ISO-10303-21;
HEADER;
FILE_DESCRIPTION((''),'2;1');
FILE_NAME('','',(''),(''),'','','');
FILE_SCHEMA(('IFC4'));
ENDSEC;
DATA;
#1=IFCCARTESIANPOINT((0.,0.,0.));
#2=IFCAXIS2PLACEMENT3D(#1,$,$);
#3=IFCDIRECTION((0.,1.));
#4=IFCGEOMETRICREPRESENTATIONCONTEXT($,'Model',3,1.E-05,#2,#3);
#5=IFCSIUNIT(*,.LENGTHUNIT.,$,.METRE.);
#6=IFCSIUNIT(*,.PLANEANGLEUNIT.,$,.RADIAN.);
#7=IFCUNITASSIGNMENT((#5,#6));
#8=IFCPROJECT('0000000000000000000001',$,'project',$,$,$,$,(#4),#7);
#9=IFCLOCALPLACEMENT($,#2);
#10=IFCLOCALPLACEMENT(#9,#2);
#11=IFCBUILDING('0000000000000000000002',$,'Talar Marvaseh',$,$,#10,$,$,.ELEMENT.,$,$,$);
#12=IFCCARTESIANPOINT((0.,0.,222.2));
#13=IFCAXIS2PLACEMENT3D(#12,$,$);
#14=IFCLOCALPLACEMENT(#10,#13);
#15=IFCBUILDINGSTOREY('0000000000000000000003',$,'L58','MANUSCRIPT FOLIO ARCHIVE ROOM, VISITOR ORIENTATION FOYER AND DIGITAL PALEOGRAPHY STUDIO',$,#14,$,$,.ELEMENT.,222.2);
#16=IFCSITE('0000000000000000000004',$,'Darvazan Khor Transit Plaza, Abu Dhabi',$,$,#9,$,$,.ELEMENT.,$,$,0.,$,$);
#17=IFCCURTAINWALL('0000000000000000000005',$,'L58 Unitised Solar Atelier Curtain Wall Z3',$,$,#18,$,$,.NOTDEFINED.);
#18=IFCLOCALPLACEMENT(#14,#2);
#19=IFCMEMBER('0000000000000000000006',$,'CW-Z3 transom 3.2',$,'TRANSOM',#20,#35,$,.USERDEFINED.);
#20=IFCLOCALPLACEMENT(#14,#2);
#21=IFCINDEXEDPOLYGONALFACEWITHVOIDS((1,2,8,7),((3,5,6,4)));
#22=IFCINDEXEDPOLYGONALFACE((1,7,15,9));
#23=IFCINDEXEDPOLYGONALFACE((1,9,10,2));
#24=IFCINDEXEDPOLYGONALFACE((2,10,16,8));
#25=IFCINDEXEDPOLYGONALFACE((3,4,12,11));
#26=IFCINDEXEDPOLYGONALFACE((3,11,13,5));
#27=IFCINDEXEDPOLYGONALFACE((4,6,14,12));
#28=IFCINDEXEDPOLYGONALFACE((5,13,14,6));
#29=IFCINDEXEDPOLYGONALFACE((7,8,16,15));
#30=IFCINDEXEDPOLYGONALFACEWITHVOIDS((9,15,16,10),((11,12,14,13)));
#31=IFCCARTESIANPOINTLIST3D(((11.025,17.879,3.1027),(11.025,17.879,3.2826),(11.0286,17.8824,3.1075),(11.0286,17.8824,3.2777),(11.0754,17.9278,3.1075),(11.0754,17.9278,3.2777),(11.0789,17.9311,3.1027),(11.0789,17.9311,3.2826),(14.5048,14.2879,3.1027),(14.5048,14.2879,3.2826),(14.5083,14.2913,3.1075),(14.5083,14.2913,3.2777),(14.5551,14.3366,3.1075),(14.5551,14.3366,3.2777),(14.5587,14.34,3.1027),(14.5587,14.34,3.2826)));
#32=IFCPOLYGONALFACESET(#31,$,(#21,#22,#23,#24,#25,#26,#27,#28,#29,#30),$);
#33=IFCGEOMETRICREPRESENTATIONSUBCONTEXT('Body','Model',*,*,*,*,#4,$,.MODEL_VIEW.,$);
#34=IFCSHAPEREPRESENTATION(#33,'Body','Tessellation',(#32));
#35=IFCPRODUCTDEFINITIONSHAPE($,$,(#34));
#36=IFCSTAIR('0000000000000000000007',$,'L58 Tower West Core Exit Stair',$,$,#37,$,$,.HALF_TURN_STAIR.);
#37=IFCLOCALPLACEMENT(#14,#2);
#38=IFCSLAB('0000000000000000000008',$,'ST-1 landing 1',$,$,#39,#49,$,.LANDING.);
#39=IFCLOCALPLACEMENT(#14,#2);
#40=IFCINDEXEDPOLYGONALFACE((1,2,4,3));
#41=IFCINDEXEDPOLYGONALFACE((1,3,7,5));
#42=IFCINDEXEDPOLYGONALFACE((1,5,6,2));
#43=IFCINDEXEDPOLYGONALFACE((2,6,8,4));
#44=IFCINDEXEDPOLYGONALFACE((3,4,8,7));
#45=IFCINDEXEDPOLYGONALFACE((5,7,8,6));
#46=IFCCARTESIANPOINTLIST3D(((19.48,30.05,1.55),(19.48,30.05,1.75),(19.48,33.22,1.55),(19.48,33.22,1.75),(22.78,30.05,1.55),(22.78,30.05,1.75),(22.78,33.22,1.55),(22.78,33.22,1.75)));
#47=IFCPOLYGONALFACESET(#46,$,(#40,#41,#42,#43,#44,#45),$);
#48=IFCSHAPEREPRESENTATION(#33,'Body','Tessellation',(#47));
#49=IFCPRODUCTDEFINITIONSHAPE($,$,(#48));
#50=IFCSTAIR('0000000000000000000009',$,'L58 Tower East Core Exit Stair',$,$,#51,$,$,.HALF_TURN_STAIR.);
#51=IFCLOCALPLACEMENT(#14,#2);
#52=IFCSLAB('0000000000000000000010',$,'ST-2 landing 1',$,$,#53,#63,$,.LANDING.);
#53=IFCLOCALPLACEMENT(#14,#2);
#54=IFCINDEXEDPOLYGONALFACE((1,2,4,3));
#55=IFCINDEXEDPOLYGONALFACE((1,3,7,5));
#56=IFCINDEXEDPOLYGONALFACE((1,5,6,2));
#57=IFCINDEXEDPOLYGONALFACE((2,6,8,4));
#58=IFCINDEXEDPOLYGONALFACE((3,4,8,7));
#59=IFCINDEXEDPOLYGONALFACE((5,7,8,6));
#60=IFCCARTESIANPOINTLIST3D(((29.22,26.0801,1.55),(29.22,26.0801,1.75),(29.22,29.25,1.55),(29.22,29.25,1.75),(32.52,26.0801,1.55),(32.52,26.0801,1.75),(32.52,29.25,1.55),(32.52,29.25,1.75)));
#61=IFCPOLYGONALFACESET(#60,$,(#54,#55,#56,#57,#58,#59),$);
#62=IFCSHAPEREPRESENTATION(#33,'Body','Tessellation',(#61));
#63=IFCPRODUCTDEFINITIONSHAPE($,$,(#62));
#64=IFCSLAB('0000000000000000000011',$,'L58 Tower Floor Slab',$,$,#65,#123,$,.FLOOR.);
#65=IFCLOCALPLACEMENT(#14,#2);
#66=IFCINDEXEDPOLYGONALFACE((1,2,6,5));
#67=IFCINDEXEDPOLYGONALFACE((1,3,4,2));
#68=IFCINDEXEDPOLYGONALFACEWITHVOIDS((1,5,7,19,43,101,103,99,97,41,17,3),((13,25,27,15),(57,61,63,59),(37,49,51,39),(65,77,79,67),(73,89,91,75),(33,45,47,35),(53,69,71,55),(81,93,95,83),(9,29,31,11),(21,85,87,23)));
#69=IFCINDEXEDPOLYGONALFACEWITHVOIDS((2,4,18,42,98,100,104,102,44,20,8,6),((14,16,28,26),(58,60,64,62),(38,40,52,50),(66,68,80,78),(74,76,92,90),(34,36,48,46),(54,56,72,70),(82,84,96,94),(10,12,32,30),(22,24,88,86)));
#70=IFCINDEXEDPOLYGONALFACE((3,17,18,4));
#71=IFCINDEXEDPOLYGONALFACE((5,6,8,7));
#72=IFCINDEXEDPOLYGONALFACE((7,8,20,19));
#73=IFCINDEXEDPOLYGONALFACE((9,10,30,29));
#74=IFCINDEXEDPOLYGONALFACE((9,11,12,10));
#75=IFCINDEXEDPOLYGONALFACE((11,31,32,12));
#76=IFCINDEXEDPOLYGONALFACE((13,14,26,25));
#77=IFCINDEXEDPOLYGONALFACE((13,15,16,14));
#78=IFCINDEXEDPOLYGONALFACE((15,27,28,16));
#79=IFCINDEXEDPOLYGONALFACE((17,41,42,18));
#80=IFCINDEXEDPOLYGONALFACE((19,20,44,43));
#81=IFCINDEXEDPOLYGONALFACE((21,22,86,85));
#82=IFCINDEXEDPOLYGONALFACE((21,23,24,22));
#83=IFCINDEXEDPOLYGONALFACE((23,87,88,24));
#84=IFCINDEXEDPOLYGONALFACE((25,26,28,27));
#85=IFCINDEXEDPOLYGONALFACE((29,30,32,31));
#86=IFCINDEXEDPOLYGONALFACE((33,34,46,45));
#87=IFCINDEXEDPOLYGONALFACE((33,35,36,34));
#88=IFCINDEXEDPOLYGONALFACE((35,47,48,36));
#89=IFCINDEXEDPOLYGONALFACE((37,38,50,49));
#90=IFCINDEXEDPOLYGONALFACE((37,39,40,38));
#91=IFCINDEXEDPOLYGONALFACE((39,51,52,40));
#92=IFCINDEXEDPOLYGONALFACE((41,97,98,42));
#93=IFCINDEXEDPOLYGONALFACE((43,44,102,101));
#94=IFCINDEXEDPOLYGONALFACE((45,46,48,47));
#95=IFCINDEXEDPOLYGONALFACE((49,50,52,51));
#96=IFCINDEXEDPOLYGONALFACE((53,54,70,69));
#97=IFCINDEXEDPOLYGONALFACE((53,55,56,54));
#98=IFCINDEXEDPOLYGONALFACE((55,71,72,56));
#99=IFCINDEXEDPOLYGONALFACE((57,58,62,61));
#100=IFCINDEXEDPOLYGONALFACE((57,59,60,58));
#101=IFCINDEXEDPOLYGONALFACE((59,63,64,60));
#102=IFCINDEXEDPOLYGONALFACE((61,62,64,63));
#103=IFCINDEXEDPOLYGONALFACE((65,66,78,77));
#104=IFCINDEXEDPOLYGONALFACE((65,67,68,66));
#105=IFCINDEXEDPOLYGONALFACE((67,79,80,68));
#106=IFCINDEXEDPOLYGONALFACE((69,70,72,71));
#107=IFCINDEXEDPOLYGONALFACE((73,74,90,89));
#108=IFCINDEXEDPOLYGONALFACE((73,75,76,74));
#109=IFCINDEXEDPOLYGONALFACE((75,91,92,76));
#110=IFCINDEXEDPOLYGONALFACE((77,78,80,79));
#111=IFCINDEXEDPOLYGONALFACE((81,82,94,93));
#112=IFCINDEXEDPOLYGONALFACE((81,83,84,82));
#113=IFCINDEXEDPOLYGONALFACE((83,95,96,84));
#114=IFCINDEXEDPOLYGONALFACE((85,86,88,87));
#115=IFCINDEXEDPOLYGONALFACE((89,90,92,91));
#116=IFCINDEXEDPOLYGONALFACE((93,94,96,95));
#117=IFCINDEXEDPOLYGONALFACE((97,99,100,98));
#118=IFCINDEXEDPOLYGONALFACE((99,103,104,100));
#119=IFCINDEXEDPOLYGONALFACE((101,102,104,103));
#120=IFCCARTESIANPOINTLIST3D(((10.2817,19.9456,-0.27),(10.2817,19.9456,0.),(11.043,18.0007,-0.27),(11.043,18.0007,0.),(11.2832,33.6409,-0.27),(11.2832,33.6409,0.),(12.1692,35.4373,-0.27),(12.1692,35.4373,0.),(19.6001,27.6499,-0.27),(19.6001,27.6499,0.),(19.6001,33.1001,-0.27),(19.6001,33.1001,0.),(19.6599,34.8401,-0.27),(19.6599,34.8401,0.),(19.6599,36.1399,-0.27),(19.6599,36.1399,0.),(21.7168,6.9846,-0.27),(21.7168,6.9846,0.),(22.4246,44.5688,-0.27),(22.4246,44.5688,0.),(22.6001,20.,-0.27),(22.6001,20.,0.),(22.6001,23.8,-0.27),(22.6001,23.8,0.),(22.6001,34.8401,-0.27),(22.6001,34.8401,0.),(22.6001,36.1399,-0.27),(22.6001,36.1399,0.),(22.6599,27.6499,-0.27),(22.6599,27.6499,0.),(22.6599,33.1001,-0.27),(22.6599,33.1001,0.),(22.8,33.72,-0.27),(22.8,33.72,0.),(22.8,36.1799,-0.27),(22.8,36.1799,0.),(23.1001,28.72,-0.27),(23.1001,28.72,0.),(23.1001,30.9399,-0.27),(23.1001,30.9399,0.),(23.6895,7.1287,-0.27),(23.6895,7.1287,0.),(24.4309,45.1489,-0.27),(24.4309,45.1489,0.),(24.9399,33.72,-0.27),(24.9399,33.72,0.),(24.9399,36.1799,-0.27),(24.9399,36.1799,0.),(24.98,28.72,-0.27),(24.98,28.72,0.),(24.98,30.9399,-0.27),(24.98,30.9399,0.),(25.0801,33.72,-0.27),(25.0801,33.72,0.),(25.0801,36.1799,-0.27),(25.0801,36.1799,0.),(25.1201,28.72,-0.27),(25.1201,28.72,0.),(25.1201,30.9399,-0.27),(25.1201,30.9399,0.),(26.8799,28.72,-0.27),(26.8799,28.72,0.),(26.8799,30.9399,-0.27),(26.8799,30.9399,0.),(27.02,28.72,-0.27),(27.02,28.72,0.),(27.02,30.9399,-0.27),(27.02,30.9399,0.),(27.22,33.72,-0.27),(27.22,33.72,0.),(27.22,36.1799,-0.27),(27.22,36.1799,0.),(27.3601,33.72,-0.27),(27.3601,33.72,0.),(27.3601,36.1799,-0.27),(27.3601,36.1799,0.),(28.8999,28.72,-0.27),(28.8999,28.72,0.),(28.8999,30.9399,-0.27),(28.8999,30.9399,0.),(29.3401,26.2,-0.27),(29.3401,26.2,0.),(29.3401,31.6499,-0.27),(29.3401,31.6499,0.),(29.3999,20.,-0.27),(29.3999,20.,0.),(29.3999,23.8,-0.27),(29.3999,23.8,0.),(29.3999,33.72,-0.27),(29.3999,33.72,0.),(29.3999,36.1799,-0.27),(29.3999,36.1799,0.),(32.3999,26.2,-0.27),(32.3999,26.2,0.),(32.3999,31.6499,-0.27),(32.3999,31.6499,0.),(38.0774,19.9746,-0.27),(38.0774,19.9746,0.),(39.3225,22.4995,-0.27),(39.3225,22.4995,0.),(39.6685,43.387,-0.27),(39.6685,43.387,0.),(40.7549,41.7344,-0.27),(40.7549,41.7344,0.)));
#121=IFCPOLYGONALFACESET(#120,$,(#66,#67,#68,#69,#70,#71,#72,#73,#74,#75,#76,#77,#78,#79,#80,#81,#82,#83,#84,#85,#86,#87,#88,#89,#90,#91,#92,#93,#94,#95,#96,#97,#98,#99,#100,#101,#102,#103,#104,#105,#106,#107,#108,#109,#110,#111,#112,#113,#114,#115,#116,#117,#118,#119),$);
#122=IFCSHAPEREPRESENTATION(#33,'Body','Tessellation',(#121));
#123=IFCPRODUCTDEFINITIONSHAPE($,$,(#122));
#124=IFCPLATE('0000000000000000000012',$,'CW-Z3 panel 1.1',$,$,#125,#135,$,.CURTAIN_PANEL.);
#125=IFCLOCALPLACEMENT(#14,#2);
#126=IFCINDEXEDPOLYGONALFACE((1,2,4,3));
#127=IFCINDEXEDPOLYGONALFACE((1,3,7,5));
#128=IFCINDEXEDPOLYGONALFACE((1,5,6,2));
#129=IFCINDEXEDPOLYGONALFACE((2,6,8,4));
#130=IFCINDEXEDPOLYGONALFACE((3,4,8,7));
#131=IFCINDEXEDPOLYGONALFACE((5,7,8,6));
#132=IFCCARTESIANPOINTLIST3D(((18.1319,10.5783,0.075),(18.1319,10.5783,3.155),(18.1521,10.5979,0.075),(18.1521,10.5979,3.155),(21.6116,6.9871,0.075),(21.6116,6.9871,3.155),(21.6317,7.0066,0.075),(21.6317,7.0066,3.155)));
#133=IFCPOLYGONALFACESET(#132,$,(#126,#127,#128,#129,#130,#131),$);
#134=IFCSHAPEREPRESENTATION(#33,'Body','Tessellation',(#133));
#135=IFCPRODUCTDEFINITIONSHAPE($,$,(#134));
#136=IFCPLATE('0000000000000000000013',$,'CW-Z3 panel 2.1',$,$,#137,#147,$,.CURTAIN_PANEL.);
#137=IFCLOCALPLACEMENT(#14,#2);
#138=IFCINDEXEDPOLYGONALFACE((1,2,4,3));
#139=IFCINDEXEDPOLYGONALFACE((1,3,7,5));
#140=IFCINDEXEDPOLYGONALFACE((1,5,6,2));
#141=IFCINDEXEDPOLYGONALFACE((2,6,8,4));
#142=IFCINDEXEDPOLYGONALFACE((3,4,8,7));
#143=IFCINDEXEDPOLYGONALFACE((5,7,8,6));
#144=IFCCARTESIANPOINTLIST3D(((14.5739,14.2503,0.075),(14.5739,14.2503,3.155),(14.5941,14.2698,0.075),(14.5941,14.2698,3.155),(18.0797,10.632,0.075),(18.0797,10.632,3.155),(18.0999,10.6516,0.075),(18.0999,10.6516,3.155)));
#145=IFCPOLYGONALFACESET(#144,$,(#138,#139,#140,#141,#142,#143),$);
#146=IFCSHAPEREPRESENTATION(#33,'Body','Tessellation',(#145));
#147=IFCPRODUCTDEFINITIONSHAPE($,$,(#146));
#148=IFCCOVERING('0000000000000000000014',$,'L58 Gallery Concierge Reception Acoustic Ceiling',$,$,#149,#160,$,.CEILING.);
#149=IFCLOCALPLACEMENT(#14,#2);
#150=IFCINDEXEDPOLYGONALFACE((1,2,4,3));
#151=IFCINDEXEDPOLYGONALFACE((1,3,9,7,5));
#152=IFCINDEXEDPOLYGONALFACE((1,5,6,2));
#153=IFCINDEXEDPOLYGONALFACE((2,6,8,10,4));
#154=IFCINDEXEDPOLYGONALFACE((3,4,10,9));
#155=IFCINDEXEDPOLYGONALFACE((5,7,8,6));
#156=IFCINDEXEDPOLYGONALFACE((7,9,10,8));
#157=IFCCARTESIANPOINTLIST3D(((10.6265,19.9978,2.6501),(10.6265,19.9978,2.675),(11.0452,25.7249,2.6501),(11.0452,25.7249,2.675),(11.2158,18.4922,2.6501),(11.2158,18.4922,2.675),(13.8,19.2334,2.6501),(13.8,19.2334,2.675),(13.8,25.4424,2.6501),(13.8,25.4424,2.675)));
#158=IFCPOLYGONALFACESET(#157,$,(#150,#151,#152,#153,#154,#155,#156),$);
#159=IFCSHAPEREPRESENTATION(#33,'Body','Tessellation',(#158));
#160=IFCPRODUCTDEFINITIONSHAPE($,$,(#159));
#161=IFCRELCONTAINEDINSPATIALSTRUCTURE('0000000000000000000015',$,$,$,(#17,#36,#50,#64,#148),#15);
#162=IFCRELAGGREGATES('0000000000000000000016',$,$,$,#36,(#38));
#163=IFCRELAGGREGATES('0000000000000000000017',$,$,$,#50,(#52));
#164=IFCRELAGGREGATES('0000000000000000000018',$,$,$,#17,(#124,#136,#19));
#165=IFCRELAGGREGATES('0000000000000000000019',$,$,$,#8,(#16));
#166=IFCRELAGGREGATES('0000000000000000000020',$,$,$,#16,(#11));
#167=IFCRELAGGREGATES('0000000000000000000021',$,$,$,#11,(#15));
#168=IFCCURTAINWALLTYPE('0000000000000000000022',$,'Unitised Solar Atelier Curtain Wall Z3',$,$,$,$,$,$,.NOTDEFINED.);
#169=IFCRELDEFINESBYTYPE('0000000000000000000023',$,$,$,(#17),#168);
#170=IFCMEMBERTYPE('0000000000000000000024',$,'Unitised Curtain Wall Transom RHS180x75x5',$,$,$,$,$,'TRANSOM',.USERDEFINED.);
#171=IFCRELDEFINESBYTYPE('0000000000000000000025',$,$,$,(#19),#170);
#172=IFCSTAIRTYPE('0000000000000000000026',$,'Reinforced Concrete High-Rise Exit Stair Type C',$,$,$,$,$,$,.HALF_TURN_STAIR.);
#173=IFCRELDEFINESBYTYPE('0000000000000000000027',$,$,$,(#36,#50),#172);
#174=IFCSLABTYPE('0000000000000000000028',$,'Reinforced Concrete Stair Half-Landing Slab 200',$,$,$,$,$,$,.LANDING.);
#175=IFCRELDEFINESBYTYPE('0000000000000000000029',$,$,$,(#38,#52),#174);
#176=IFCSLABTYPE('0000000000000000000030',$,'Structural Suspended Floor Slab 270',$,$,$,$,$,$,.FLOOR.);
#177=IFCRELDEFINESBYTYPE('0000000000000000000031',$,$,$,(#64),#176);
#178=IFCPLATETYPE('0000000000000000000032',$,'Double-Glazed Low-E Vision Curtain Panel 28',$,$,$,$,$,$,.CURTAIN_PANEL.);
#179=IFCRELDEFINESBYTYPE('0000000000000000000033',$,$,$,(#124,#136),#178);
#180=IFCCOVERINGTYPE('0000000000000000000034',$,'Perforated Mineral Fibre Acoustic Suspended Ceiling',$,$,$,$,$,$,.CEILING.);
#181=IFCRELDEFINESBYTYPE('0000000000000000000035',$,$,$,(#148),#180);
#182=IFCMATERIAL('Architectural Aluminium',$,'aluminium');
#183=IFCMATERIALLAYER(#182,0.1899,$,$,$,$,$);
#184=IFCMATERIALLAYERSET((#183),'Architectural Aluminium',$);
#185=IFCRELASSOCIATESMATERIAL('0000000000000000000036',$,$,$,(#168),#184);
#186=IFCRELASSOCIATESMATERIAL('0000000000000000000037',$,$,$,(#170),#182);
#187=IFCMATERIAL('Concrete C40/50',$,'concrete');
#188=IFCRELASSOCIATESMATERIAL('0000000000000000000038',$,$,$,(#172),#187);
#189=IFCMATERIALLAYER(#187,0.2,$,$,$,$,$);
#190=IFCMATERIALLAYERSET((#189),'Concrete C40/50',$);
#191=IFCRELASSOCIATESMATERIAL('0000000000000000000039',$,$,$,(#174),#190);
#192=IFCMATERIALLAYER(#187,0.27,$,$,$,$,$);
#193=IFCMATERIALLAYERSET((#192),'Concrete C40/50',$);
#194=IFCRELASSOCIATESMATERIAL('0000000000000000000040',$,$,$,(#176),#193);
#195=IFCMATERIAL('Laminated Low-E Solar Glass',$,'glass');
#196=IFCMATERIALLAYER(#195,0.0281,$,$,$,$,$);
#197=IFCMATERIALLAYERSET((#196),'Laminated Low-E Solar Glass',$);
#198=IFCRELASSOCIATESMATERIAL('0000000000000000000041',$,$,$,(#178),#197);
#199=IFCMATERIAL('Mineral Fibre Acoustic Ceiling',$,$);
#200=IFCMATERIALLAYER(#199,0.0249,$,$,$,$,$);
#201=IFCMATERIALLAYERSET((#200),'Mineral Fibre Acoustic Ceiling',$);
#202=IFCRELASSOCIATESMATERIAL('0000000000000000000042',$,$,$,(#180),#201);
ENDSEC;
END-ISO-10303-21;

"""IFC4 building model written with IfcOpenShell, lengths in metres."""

from ifc_helpers import new_model, si_unit, direction, frame, origin, origin_2d, place, context, subcontext, project, spatial, polyline, rectangle, hollow_rectangle, outline, extrude, source, transform, mapped, material, layer, layer_set, material_profile, profile_set, type_object, type_shapes, element, aggregate, save


model = new_model("IFC4")

# Units and contexts
model_context = context("Model", 3, precision=1e-05, world=origin(), true_north=direction((0.0, 1.0)))
body_context = subcontext(model_context, "Body", "Model", "MODEL_VIEW")
ifc_project = project(units=[si_unit("LENGTHUNIT", "METRE"), si_unit("PLANEANGLEUNIT", "RADIAN")], contexts=[model_context])

# Site, building, storey
site_placement = place(None, origin())
site = spatial("IfcSite", under=ifc_project, at=site_placement, Name="Darvazan Khor Transit Plaza, Abu Dhabi", CompositionType="ELEMENT", RefElevation=0.0)
building_placement = place(site_placement, origin())
building = spatial("IfcBuilding", under=site, at=building_placement, Name="Talar Marvaseh", CompositionType="ELEMENT")
storey_placement = place(building_placement, frame((0.0, 0.0, 222.2)))
storey = spatial("IfcBuildingStorey", under=building, at=storey_placement, Name="L58", Description="MANUSCRIPT FOLIO ARCHIVE ROOM, VISITOR ORIENTATION FOYER AND DIGITAL PALEOGRAPHY STUDIO", CompositionType="ELEMENT", Elevation=222.2)

# Curtain wall, member
ifc_material_1 = material(Name="Architectural Aluminium", Category="aluminium")
ifc_layer_1 = layer(ifc_material_1, 0.1899)
ifc_layer_set_1 = layer_set([ifc_layer_1], Name="Architectural Aluminium")
curtain_wall_type = type_object("IfcCurtainWallType", Name="Unitised Solar Atelier Curtain Wall Z3", PredefinedType="NOTDEFINED", material=ifc_layer_set_1)
curtain_wall_placement = place(storey_placement, origin())
curtain_wall = element("IfcCurtainWall", 1, at=curtain_wall_placement, inside=storey, type_object=curtain_wall_type, Name="L58 Unitised Solar Atelier Curtain Wall Z3", PredefinedType="NOTDEFINED")
ifc_material_profile_1 = material_profile(ifc_material_1, hollow_rectangle(XDim=0.075, YDim=0.1799, WallThickness=0.0049, at=origin_2d()), Name="RHS180x75x5")
ifc_profile_set_1 = profile_set([ifc_material_profile_1], Name="Architectural Aluminium")
member_type_1 = type_object("IfcMemberType", Name="Unitised Curtain Wall Transom RHS180x75x5", ElementType="TRANSOM", PredefinedType="USERDEFINED", material=ifc_profile_set_1)
shared_shape_1 = source(origin(), body_context, "Body", "SweptSolid", [
    extrude(hollow_rectangle(XDim=0.075, YDim=0.1799, WallThickness=0.0049, at=origin_2d()), origin(), (0.0, 0.0, 1.0), 5.0005),
])
member_1_placement = place(storey_placement, frame((14.5317, 14.314, 3.1926), z_axis=(-0.695887, 0.718151, 0.0), x_axis=(-0.718151, -0.695887, 0.0)))
member_1 = element("IfcMember", 2, at=member_1_placement, type_object=member_type_1, Name="CW-Z3 transom 3.2", ObjectType="TRANSOM", PredefinedType="USERDEFINED", context=body_context, shape_type="MappedRepresentation", body=[
    mapped(shared_shape_1, transform((0.0, 0.0, 0.0), x_axis=(1.0, 0.0, 0.0), y_axis=(0.0, 1.0, 0.0), z_axis=(0.0, 0.0, 1.0), scale=1.0)),
])

# Stairs, slabs
ifc_material_2 = material(Name="Concrete C40/50", Category="concrete")
stair_type = type_object("IfcStairType", Name="Reinforced Concrete High-Rise Exit Stair Type C", PredefinedType="HALF_TURN_STAIR", material=ifc_material_2)
stair_1_placement = place(storey_placement, origin())
stair_1 = element("IfcStair", 3, at=stair_1_placement, inside=storey, type_object=stair_type, Name="L58 Tower West Core Exit Stair", PredefinedType="HALF_TURN_STAIR")
ifc_layer_2 = layer(ifc_material_2, 0.2)
ifc_layer_set_2 = layer_set([ifc_layer_2], Name="Concrete C40/50")
slab_type_1 = type_object("IfcSlabType", Name="Reinforced Concrete Stair Half-Landing Slab 200", PredefinedType="LANDING", material=ifc_layer_set_2)
slab_1_placement = place(storey_placement, frame((0.0, 0.0, 1.55)))
slab_1 = element("IfcSlab", 4, at=slab_1_placement, type_object=slab_type_1, Name="ST-1 landing 1", PredefinedType="LANDING", context=body_context, shape_type="SweptSolid", body=[
    extrude(outline(polyline([(22.78, 30.05), (22.78, 33.22), (19.48, 33.22), (19.48, 30.05), (22.78, 30.05)])), origin(), (0.0, 0.0, 1.0), 0.2),
])
aggregate(stair_1, [slab_1])
stair_2_placement = place(storey_placement, origin())
stair_2 = element("IfcStair", 5, at=stair_2_placement, inside=storey, type_object=stair_type, Name="L58 Tower East Core Exit Stair", PredefinedType="HALF_TURN_STAIR")
slab_2_placement = place(storey_placement, frame((0.0, 0.0, 1.55)))
slab_2 = element("IfcSlab", 6, at=slab_2_placement, type_object=slab_type_1, Name="ST-2 landing 1", PredefinedType="LANDING", context=body_context, shape_type="SweptSolid", body=[
    extrude(outline(polyline([(29.22, 29.25), (29.22, 26.0801), (32.52, 26.0801), (32.52, 29.25), (29.22, 29.25)])), origin(), (0.0, 0.0, 1.0), 0.2),
])
aggregate(stair_2, [slab_2])

# Slab
ifc_layer_3 = layer(ifc_material_2, 0.27)
ifc_layer_set_3 = layer_set([ifc_layer_3], Name="Concrete C40/50")
slab_type_2 = type_object("IfcSlabType", Name="Structural Suspended Floor Slab 270", PredefinedType="FLOOR", material=ifc_layer_set_3)
slab_3_placement = place(storey_placement, frame((0.0, 0.0, -0.27)))
element("IfcSlab", 7, at=slab_3_placement, inside=storey, type_object=slab_type_2, Name="L58 Tower Floor Slab", PredefinedType="FLOOR", context=body_context, shape_type="SweptSolid", body=[
    extrude(outline(polyline([(23.6895, 7.1287), (21.7168, 6.9846), (11.043, 18.0007), (10.2817, 19.9456), (11.2832, 33.6409), (12.1692, 35.4373), (22.4246, 44.5688), (24.4309, 45.1489), (39.6685, 43.387), (40.7549, 41.7344), (39.3225, 22.4995), (38.0774, 19.9746), (23.6895, 7.1287)]), holes=[polyline([(22.6599, 27.6499), (22.6599, 33.1001), (19.6001, 33.1001), (19.6001, 27.6499), (22.6599, 27.6499)]), polyline([(29.3401, 31.6499), (29.3401, 26.2), (32.3999, 26.2), (32.3999, 31.6499), (29.3401, 31.6499)]), polyline([(22.8, 33.72), (24.9399, 33.72), (24.9399, 36.1799), (22.8, 36.1799), (22.8, 33.72)]), polyline([(25.0801, 33.72), (27.22, 33.72), (27.22, 36.1799), (25.0801, 36.1799), (25.0801, 33.72)]), polyline([(27.3601, 33.72), (29.3999, 33.72), (29.3999, 36.1799), (27.3601, 36.1799), (27.3601, 33.72)]), polyline([(23.1001, 28.72), (24.98, 28.72), (24.98, 30.9399), (23.1001, 30.9399), (23.1001, 28.72)]), polyline([(25.1201, 28.72), (26.8799, 28.72), (26.8799, 30.9399), (25.1201, 30.9399), (25.1201, 28.72)]), polyline([(27.02, 28.72), (28.8999, 28.72), (28.8999, 30.9399), (27.02, 30.9399), (27.02, 28.72)]), polyline([(19.6599, 34.8401), (22.6001, 34.8401), (22.6001, 36.1399), (19.6599, 36.1399), (19.6599, 34.8401)]), polyline([(22.6001, 20.0), (29.3999, 20.0), (29.3999, 23.8), (22.6001, 23.8), (22.6001, 20.0)])]), origin(), (0.0, 0.0, 1.0), 0.27),
])

# Plates
ifc_material_3 = material(Name="Laminated Low-E Solar Glass", Category="glass")
ifc_layer_4 = layer(ifc_material_3, 0.0281)
ifc_layer_set_4 = layer_set([ifc_layer_4], Name="Laminated Low-E Solar Glass")
plate_type = type_object("IfcPlateType", Name="Double-Glazed Low-E Vision Curtain Panel 28", PredefinedType="CURTAIN_PANEL", material=ifc_layer_set_4)
shared_shape_2 = source(origin(), body_context, "Body", "SweptSolid", [
    extrude(rectangle(XDim=5.0005, YDim=0.0281, at=origin_2d()), origin(), (0.0, 0.0, 1.0), 3.0801),
])
plate_1_placement = place(storey_placement, frame((19.8818, 8.7925, 0.075), z_axis=(0.0, 0.0, 1.0), x_axis=(-0.695864, 0.718173, 0.0)))
plate_1 = element("IfcPlate", 8, at=plate_1_placement, type_object=plate_type, Name="CW-Z3 panel 1.1", PredefinedType="CURTAIN_PANEL", context=body_context, shape_type="MappedRepresentation", body=[
    mapped(shared_shape_2, transform((0.0, 0.0, 0.0), x_axis=(1.0, 0.0, 0.0), y_axis=(0.0, 1.0, 0.0), z_axis=(0.0, 0.0, 1.0), scale=1.0)),
])
shared_shape_3 = source(origin(), body_context, "Body", "SweptSolid", [
    extrude(rectangle(XDim=5.0381, YDim=0.0281, at=origin_2d()), origin(), (0.0, 0.0, 1.0), 3.0801),
])
type_shapes(plate_type, [shared_shape_2, shared_shape_3])
plate_2_placement = place(storey_placement, frame((16.3369, 12.4509, 0.075), z_axis=(0.0, 0.0, 1.0), x_axis=(-0.695864, 0.718173, 0.0)))
plate_2 = element("IfcPlate", 9, at=plate_2_placement, type_object=plate_type, Name="CW-Z3 panel 2.1", PredefinedType="CURTAIN_PANEL", context=body_context, shape_type="MappedRepresentation", body=[
    mapped(shared_shape_3, transform((0.0, 0.0, 0.0), x_axis=(1.0, 0.0, 0.0), y_axis=(0.0, 1.0, 0.0), z_axis=(0.0, 0.0, 1.0), scale=1.0)),
])
aggregate(curtain_wall, [plate_1, plate_2, member_1])

# Covering
ifc_material_4 = material(Name="Mineral Fibre Acoustic Ceiling")
ifc_layer_5 = layer(ifc_material_4, 0.0249)
ifc_layer_set_5 = layer_set([ifc_layer_5], Name="Mineral Fibre Acoustic Ceiling")
covering_type_1 = type_object("IfcCoveringType", Name="Perforated Mineral Fibre Acoustic Suspended Ceiling", PredefinedType="CEILING", material=ifc_layer_set_5)
covering_1_placement = place(storey_placement, frame((0.0, 0.0, 2.6501)))
element("IfcCovering", 10, at=covering_1_placement, inside=storey, type_object=covering_type_1, Name="L58 Gallery Concierge Reception Acoustic Ceiling", PredefinedType="CEILING", context=body_context, shape_type="SweptSolid", body=[
    extrude(outline(polyline([(13.8, 19.2334), (11.2158, 18.4922), (10.6265, 19.9978), (11.0452, 25.7249), (13.8, 25.4424), (13.8, 19.2334)])), origin(), (0.0, 0.0, 1.0), 0.0249),
])

save(model, "model.ifc")
